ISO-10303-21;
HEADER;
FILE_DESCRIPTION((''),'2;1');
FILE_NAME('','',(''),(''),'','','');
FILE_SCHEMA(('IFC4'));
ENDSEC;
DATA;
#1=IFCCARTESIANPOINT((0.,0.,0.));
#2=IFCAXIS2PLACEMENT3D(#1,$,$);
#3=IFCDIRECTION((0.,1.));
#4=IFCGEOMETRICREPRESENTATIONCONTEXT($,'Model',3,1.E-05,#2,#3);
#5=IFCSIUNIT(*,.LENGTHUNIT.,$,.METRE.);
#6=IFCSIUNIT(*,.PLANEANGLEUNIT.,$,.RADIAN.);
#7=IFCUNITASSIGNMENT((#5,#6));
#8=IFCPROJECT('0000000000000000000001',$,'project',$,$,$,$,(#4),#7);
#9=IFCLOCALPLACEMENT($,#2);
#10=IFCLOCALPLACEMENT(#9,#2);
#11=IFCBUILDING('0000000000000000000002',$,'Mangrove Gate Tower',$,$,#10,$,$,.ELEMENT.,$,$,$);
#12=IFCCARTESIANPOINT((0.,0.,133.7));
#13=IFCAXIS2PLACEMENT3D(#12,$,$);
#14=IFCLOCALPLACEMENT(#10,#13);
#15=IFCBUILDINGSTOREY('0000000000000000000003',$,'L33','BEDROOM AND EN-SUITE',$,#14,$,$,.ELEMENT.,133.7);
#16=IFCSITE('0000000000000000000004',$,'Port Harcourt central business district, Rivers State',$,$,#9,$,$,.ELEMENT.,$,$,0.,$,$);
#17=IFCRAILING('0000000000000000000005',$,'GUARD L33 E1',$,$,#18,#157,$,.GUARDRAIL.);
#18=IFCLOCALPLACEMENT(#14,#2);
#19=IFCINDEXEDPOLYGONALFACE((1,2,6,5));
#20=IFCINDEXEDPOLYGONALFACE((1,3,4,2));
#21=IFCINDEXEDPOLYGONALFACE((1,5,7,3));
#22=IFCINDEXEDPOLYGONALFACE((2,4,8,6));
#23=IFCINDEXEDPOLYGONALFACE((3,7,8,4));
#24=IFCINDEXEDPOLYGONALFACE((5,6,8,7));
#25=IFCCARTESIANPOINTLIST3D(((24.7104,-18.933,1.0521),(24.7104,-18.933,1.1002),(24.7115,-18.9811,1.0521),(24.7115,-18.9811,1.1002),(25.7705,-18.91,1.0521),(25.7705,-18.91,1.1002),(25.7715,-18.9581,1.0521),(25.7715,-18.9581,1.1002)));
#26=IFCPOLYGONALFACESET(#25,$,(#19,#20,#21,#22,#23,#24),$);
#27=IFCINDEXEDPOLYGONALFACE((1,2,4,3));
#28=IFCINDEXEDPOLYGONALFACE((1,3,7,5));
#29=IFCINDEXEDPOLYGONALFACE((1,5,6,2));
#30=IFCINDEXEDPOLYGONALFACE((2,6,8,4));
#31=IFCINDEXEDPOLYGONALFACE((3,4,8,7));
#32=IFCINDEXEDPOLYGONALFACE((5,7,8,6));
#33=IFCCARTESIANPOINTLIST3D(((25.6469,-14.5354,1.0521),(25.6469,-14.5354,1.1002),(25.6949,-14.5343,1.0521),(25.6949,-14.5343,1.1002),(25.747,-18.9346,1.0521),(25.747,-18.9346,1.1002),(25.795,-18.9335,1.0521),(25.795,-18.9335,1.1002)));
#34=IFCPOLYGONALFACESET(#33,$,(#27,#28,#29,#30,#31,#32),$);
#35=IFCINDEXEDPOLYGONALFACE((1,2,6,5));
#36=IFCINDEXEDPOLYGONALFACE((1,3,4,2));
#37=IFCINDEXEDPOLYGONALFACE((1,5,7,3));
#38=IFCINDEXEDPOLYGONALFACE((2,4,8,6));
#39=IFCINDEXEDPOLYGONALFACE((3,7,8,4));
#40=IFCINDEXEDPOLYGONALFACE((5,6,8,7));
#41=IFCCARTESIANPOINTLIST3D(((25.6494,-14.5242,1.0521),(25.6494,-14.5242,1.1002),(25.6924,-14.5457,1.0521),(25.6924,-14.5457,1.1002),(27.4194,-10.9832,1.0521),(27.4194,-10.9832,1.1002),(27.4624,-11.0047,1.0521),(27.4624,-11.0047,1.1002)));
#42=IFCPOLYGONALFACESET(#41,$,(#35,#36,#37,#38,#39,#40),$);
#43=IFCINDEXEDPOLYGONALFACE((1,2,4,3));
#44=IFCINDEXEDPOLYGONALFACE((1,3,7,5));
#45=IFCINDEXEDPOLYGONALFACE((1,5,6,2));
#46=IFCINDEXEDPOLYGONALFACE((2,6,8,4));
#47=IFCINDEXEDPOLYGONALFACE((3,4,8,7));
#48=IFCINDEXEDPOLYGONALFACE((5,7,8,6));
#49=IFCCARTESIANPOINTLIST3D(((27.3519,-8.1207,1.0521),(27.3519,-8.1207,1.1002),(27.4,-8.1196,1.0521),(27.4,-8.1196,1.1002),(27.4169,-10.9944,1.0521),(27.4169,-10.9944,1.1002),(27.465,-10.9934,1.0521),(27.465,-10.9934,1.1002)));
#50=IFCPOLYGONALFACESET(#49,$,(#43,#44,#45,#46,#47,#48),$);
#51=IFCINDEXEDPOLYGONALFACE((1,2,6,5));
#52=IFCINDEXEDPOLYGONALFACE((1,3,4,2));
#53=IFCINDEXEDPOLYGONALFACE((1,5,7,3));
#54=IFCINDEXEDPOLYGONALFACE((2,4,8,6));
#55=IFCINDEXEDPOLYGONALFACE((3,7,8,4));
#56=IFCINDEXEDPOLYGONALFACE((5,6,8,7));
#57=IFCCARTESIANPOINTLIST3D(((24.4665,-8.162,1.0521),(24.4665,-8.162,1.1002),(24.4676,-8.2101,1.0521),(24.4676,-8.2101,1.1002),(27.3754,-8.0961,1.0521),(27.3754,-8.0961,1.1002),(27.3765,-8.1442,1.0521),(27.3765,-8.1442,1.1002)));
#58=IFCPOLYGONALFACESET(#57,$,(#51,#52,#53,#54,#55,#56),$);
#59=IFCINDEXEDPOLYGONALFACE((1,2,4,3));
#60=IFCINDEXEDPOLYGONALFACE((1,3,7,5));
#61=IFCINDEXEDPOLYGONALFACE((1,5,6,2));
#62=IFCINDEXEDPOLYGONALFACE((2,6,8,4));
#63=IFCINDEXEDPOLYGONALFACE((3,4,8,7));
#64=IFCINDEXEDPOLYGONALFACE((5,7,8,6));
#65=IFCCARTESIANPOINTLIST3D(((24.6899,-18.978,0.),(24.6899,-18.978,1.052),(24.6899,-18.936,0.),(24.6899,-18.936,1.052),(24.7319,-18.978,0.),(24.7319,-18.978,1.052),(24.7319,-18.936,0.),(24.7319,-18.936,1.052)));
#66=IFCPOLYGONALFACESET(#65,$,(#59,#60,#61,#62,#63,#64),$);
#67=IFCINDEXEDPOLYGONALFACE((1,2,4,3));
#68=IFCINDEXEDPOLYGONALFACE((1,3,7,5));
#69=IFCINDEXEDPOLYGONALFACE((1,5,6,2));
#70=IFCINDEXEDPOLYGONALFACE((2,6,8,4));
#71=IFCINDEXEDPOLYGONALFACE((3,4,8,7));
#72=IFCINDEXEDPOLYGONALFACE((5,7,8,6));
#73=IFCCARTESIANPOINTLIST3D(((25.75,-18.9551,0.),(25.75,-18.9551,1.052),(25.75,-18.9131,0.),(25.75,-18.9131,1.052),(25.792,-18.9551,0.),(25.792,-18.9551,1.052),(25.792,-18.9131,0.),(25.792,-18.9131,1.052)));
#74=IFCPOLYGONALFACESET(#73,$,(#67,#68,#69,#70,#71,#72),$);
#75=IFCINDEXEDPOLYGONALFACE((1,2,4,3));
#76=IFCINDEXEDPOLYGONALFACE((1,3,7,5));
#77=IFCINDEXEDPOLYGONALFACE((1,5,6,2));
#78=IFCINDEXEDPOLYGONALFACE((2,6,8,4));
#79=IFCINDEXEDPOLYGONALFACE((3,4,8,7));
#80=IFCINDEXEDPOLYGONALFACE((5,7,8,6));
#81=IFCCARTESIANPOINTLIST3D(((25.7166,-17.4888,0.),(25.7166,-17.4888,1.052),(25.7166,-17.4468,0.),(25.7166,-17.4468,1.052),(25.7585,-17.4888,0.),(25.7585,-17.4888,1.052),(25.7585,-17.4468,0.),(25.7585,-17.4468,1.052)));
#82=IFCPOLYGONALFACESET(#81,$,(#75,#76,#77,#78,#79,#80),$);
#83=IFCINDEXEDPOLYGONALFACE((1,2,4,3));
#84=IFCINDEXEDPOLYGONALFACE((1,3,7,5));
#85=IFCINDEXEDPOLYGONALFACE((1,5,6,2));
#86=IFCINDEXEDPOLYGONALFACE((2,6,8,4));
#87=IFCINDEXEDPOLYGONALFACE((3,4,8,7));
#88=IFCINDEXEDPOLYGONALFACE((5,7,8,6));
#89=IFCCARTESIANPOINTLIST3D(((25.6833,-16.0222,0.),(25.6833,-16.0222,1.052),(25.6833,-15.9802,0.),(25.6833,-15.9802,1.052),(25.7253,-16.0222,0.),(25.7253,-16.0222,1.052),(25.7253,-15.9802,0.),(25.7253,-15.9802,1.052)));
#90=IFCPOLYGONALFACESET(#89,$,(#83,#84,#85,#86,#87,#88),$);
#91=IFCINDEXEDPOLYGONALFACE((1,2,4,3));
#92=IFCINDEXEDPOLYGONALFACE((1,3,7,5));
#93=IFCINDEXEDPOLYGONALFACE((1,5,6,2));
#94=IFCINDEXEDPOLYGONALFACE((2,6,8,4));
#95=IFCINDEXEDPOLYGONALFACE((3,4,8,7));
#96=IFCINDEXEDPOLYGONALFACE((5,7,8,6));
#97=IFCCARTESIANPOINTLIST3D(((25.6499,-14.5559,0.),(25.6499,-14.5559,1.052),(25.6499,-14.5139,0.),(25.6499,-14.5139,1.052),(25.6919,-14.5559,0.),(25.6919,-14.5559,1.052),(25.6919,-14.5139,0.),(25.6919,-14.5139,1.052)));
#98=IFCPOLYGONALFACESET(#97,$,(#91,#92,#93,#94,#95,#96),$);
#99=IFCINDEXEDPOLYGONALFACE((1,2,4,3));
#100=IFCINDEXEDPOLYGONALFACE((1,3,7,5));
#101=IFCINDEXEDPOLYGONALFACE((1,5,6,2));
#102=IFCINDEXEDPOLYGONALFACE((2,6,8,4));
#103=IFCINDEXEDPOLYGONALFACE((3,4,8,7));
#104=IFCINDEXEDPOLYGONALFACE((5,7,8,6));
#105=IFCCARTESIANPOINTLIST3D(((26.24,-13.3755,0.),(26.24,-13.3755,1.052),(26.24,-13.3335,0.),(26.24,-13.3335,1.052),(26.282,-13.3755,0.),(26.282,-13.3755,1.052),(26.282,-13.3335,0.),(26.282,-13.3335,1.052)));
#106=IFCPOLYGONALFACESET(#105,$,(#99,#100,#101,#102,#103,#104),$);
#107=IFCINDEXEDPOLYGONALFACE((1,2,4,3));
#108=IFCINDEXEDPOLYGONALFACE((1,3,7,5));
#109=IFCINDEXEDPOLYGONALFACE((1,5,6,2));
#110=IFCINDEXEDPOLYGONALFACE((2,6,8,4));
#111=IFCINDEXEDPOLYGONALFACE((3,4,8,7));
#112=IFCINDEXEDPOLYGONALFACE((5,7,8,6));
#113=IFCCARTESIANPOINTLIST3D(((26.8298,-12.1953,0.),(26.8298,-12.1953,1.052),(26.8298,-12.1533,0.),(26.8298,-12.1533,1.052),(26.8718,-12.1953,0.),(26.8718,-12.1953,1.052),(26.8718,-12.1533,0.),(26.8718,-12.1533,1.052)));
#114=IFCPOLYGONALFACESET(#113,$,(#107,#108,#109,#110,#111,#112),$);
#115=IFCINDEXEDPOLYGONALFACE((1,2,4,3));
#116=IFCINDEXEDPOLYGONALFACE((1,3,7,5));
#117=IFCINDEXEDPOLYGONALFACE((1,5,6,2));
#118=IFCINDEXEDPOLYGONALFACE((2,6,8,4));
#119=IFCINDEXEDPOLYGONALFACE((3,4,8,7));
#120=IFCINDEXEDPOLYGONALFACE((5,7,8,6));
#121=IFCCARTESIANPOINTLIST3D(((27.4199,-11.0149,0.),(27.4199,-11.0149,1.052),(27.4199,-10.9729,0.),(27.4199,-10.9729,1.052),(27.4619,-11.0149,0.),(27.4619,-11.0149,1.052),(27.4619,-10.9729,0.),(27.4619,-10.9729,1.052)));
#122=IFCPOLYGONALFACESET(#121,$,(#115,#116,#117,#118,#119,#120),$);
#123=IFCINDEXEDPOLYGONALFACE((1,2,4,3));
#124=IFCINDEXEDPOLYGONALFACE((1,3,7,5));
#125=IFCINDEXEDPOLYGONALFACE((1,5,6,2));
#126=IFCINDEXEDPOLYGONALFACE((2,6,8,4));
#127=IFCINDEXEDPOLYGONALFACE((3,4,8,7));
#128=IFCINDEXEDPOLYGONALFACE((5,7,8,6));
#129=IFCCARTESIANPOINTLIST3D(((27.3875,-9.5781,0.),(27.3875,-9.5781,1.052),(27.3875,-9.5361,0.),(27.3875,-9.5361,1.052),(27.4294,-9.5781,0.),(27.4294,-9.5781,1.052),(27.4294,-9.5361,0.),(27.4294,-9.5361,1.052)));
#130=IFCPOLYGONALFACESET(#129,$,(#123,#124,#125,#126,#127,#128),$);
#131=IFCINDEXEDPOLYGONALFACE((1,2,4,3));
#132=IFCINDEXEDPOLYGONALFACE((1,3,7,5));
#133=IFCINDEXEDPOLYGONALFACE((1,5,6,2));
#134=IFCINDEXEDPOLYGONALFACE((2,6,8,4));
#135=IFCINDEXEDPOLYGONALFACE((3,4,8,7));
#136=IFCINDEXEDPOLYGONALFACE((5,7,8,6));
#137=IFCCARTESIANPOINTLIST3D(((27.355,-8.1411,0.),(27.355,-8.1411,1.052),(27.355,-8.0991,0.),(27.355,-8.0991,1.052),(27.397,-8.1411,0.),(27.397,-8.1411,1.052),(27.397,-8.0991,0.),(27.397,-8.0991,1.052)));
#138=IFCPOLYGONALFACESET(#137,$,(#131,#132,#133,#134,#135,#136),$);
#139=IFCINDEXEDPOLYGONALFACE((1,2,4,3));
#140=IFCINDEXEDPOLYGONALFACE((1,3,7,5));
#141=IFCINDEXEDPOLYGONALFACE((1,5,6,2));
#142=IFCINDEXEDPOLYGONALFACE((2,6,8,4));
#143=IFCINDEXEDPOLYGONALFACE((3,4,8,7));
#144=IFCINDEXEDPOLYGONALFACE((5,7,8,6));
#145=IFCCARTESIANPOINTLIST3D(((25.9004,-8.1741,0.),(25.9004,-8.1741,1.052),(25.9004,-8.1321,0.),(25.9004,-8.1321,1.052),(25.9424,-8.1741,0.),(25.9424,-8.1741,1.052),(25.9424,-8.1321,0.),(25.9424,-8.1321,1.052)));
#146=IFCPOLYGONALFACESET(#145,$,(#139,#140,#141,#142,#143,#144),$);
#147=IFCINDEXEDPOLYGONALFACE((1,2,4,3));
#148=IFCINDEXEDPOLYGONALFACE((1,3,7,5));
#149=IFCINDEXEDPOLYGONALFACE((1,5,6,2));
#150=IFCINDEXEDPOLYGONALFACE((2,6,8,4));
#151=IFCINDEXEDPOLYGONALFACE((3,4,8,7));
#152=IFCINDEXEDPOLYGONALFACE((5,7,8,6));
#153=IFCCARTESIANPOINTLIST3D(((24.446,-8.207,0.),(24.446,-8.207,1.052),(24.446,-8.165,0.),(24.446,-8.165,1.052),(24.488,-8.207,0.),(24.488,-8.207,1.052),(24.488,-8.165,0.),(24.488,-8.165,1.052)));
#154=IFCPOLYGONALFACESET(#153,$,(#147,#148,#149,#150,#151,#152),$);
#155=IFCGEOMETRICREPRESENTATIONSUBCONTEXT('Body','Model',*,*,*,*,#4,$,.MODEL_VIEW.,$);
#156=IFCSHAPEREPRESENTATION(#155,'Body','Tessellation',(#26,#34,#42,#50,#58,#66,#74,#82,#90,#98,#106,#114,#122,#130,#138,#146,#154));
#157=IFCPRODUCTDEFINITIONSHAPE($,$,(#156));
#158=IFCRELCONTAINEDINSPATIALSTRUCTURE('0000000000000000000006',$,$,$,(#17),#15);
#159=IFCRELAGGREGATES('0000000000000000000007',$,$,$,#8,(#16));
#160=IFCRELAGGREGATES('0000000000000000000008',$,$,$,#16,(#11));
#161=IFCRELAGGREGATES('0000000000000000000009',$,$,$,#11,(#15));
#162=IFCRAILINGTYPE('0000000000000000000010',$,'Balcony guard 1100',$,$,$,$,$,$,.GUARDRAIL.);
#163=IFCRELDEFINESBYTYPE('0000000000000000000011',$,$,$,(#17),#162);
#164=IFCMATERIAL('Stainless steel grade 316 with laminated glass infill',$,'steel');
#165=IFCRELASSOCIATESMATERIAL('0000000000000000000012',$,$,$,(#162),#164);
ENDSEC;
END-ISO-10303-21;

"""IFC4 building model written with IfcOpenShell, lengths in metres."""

from ifc_helpers import new_model, si_unit, direction, frame, origin, origin_2d, place, context, subcontext, project, spatial, rectangle, extrude, material, type_object, element, save


model = new_model("IFC4")

# Units and contexts
model_context = context("Model", 3, precision=1e-05, world=origin(), true_north=direction((0.0, 1.0)))
body_context = subcontext(model_context, "Body", "Model", "MODEL_VIEW")
ifc_project = project(units=[si_unit("LENGTHUNIT", "METRE"), si_unit("PLANEANGLEUNIT", "RADIAN")], contexts=[model_context])

# Site, building, storey
site_placement = place(None, origin())
site = spatial("IfcSite", under=ifc_project, at=site_placement, Name="Port Harcourt central business district, Rivers State", CompositionType="ELEMENT", RefElevation=0.0)
building_placement = place(site_placement, origin())
building = spatial("IfcBuilding", under=site, at=building_placement, Name="Mangrove Gate Tower", CompositionType="ELEMENT")
storey_placement = place(building_placement, frame((0.0, 0.0, 133.7)))
storey = spatial("IfcBuildingStorey", under=building, at=storey_placement, Name="L33", Description="BEDROOM AND EN-SUITE", CompositionType="ELEMENT", Elevation=133.7)

# Railing
ifc_material_1 = material(Name="Stainless steel grade 316 with laminated glass infill", Category="steel")
railing_type = type_object("IfcRailingType", Name="Balcony guard 1100", PredefinedType="GUARDRAIL", material=ifc_material_1)
railing_placement = place(storey_placement, frame((24.7109, -18.957, 0.0)))
element("IfcRailing", 1, at=railing_placement, inside=storey, type_object=railing_type, Name="GUARD L33 E1", PredefinedType="GUARDRAIL", context=body_context, shape_type="SweptSolid", body=[
    extrude(rectangle(XDim=0.0481, YDim=0.0481, at=origin_2d()), frame((0.0, 0.0, 1.0762), z_axis=(0.999766, 0.021644, 0.0), x_axis=(-0.021644, 0.999766, 0.0)), (0.0, 0.0, 1.0), 1.0603),
    extrude(rectangle(XDim=0.0481, YDim=0.0481, at=origin_2d()), frame((1.0601, 0.0229, 1.0762), z_axis=(-0.022748, 0.999741, 0.0), x_axis=(-0.999741, -0.022748, 0.0)), (0.0, 0.0, 1.0), 4.4004),
    extrude(rectangle(XDim=0.0481, YDim=0.0481, at=origin_2d()), frame((0.96, 4.4221, 1.0762), z_axis=(0.447115, 0.894477, 0.0), x_axis=(-0.894477, 0.447115, 0.0)), (0.0, 0.0, 1.0), 3.9587),
    extrude(rectangle(XDim=0.0481, YDim=0.0481, at=origin_2d()), frame((2.73, 7.9631, 1.0762), z_axis=(-0.022592, 0.999745, 0.0), x_axis=(-0.999745, -0.022592, 0.0)), (0.0, 0.0, 1.0), 2.8745),
    extrude(rectangle(XDim=0.0481, YDim=0.0481, at=origin_2d()), frame((2.665, 10.8369, 1.0762), z_axis=(-0.999743, -0.022655, 0.0), x_axis=(0.022655, -0.999743, 0.0)), (0.0, 0.0, 1.0), 2.9097),
    extrude(rectangle(XDim=0.042, YDim=0.042, at=origin_2d()), origin(), (0.0, 0.0, 1.0), 1.052),
    extrude(rectangle(XDim=0.042, YDim=0.042, at=origin_2d()), frame((1.0601, 0.0229, 0.0)), (0.0, 0.0, 1.0), 1.052),
    extrude(rectangle(XDim=0.042, YDim=0.042, at=origin_2d()), frame((1.0266, 1.4893, 0.0)), (0.0, 0.0, 1.0), 1.052),
    extrude(rectangle(XDim=0.042, YDim=0.042, at=origin_2d()), frame((0.9934, 2.9558, 0.0)), (0.0, 0.0, 1.0), 1.052),
    extrude(rectangle(XDim=0.042, YDim=0.042, at=origin_2d()), frame((0.96, 4.4221, 0.0)), (0.0, 0.0, 1.0), 1.052),
    extrude(rectangle(XDim=0.042, YDim=0.042, at=origin_2d()), frame((1.55, 5.6025, 0.0)), (0.0, 0.0, 1.0), 1.052),
    extrude(rectangle(XDim=0.042, YDim=0.042, at=origin_2d()), frame((2.1399, 6.7827, 0.0)), (0.0, 0.0, 1.0), 1.052),
    extrude(rectangle(XDim=0.042, YDim=0.042, at=origin_2d()), frame((2.73, 7.9631, 0.0)), (0.0, 0.0, 1.0), 1.052),
    extrude(rectangle(XDim=0.042, YDim=0.042, at=origin_2d()), frame((2.6975, 9.3999, 0.0)), (0.0, 0.0, 1.0), 1.052),
    extrude(rectangle(XDim=0.042, YDim=0.042, at=origin_2d()), frame((2.665, 10.8369, 0.0)), (0.0, 0.0, 1.0), 1.052),
    extrude(rectangle(XDim=0.042, YDim=0.042, at=origin_2d()), frame((1.2104, 10.804, 0.0)), (0.0, 0.0, 1.0), 1.052),
    extrude(rectangle(XDim=0.042, YDim=0.042, at=origin_2d()), frame((-0.2439, 10.771, 0.0)), (0.0, 0.0, 1.0), 1.052),
])

save(model, "model.ifc")
